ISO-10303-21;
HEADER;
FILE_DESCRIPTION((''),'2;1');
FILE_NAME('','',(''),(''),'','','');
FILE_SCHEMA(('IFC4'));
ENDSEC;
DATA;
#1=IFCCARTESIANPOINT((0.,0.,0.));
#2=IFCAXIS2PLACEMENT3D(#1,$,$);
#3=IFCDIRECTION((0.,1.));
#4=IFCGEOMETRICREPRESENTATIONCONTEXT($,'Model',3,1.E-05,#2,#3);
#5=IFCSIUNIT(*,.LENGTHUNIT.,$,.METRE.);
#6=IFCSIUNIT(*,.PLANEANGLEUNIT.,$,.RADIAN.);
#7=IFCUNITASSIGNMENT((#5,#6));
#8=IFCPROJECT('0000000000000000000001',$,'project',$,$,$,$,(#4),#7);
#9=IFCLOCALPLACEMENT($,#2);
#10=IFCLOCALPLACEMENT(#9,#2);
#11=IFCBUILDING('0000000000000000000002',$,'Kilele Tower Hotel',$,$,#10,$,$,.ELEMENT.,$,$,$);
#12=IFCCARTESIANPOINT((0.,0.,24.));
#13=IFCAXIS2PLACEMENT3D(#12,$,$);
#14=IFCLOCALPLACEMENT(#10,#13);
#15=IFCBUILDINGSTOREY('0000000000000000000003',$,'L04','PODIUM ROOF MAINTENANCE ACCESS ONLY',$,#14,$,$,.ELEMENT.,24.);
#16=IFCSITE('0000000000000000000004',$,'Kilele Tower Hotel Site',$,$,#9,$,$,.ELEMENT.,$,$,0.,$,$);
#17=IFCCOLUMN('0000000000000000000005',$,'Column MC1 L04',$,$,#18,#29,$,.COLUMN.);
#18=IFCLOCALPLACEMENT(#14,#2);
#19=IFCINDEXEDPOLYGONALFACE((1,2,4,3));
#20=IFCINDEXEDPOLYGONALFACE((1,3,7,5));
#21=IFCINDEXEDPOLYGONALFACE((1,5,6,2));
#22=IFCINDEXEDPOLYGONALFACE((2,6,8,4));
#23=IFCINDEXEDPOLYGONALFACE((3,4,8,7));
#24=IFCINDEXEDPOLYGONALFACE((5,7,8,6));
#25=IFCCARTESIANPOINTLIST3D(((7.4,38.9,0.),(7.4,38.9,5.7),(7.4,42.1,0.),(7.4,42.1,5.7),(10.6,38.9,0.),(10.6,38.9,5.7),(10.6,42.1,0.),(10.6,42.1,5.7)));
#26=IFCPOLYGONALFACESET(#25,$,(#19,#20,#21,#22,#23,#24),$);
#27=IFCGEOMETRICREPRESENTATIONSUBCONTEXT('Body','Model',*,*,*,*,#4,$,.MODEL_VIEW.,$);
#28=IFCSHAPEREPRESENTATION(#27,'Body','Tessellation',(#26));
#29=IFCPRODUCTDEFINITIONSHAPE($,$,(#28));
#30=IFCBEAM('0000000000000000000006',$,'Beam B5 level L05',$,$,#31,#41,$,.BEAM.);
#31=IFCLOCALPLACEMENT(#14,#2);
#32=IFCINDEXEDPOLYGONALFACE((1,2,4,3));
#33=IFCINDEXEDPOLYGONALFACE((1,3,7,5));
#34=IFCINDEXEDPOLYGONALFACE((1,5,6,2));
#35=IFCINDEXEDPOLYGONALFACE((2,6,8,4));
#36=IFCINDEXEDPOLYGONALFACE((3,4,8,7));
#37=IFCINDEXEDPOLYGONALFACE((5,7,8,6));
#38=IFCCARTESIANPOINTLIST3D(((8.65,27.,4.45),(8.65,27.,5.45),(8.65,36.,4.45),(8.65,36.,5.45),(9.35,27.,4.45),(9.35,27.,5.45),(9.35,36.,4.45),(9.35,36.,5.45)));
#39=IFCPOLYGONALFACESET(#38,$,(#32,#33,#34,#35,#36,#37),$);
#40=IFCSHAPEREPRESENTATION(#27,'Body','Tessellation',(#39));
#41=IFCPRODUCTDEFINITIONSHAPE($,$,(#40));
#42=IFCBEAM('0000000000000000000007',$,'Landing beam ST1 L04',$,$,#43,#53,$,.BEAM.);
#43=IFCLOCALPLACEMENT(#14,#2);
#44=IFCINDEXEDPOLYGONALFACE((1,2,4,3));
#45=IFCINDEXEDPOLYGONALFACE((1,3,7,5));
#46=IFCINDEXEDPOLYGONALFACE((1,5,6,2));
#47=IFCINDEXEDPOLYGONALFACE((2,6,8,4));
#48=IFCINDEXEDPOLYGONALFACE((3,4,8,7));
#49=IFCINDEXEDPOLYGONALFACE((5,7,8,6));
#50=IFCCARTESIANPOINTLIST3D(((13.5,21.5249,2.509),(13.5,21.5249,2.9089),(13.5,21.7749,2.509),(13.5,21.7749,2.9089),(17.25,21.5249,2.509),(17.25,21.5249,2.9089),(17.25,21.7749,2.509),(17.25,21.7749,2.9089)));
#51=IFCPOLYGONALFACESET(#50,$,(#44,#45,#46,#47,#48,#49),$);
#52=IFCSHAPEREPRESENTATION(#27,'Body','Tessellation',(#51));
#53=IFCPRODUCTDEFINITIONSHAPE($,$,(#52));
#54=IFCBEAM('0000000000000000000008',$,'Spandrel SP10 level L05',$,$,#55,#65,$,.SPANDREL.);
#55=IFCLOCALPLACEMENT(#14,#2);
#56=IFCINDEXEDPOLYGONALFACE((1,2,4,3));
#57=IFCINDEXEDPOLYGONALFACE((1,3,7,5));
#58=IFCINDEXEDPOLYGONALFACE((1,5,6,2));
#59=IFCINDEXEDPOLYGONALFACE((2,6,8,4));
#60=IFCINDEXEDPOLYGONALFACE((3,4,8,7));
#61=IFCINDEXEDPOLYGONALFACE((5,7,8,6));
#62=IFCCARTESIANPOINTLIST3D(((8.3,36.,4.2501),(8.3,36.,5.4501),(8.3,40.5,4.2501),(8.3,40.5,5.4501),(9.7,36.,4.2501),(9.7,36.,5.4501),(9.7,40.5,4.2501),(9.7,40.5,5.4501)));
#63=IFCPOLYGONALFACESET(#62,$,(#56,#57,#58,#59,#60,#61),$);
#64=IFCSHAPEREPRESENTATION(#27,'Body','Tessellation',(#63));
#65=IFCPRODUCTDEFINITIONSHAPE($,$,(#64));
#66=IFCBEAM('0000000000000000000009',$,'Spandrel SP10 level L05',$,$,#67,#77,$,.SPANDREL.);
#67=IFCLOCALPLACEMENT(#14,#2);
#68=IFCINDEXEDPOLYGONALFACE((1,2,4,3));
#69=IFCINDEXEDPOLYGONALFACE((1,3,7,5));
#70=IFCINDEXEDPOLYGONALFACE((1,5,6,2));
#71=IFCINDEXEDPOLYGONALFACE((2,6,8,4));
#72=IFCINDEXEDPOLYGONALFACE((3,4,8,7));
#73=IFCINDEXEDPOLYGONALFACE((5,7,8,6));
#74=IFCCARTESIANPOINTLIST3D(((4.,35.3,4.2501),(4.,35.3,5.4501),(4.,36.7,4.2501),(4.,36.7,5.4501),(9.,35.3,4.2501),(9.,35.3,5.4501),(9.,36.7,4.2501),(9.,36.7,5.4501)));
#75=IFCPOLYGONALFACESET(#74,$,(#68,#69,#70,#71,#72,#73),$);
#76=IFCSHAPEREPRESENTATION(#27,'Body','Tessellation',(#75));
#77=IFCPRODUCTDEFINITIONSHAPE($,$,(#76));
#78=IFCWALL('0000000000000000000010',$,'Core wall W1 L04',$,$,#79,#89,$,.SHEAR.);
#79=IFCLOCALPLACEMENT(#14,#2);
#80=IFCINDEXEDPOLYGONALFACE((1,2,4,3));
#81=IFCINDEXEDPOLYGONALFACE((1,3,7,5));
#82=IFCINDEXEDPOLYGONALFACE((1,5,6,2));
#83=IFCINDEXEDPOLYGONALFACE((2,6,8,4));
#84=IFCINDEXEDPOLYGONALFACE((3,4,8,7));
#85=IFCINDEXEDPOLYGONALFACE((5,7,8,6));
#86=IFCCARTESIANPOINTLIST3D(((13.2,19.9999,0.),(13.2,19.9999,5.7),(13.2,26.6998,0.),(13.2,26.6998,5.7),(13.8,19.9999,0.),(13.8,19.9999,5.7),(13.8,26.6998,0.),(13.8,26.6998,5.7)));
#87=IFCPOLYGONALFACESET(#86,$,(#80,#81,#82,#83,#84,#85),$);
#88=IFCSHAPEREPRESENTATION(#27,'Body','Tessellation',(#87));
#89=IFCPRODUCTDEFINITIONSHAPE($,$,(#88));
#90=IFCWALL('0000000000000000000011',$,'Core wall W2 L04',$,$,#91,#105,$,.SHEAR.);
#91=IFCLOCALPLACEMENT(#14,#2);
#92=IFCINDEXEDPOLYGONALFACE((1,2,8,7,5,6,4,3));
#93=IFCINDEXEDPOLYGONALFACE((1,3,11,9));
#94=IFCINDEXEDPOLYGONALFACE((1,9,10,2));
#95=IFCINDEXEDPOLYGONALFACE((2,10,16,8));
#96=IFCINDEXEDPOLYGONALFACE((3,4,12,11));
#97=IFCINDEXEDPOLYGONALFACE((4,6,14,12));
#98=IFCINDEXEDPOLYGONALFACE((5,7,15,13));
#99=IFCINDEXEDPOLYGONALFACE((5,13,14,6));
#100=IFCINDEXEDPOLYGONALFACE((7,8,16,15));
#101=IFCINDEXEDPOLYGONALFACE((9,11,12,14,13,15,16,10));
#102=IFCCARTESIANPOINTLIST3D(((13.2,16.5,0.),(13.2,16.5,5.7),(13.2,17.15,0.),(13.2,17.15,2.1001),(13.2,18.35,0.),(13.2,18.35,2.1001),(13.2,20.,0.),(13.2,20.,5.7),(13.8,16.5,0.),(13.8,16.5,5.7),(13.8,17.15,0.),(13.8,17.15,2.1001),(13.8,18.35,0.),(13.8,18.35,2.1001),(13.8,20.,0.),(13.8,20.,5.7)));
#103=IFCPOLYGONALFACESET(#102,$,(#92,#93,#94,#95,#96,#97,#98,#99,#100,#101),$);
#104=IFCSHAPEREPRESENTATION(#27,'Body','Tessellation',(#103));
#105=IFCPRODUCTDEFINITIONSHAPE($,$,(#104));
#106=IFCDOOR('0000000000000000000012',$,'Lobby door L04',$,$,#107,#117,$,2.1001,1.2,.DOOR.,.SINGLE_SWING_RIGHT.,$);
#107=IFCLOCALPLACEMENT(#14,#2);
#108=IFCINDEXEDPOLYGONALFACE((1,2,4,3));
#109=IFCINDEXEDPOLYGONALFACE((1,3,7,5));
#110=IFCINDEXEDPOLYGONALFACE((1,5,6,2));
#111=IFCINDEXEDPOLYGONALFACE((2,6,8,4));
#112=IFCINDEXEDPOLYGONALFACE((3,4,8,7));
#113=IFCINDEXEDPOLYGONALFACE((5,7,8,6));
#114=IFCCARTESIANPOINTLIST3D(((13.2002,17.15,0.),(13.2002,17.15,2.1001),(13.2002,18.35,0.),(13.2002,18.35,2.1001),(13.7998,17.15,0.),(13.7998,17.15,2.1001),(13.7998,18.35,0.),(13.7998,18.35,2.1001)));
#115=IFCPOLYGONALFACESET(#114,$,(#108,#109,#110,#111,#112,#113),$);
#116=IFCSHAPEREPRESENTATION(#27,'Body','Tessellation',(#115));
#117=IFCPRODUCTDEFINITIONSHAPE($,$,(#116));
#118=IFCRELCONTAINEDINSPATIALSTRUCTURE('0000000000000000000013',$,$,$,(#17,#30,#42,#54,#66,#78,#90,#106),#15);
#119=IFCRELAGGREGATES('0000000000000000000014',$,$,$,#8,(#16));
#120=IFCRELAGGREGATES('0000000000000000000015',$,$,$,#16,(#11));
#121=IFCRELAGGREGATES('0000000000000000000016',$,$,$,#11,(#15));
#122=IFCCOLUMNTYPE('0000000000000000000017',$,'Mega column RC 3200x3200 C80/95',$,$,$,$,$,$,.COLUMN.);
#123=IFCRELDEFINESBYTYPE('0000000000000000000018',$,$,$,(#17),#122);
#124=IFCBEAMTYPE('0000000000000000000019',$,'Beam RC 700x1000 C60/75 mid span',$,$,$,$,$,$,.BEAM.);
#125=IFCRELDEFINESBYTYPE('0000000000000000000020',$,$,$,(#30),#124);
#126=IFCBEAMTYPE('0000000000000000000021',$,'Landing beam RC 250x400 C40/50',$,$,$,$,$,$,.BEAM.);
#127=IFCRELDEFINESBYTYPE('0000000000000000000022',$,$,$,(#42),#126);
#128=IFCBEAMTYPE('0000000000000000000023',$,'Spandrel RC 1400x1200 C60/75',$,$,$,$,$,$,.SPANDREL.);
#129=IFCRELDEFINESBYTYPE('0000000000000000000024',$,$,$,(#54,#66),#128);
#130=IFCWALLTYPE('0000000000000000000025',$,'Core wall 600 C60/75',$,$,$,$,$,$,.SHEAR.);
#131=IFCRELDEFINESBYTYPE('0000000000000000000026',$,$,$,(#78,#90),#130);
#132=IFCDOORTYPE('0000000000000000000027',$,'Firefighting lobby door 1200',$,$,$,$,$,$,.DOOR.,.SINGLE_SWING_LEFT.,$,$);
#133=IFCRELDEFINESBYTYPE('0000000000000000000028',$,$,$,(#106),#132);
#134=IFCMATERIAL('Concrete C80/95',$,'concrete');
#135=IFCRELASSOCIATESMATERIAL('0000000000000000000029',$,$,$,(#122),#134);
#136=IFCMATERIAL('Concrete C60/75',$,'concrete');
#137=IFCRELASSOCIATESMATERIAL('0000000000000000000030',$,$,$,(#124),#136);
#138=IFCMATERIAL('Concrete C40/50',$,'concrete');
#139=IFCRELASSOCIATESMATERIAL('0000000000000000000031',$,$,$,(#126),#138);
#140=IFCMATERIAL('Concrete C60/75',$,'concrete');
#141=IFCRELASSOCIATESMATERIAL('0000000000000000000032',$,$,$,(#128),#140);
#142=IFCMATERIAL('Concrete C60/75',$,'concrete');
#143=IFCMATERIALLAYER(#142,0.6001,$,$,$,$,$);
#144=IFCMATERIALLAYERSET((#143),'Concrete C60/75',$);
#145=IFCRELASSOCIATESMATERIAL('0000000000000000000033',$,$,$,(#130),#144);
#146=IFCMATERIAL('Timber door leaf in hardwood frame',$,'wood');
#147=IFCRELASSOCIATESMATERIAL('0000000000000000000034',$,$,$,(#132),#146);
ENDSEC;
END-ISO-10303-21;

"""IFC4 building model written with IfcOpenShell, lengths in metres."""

from ifc_helpers import new_model, si_unit, direction, frame, frame_2d, origin, origin_2d, place, context, subcontext, project, spatial, rectangle, extrude, material, layer, layer_set, material_profile, profile_set, type_object, element, fill, save


model = new_model("IFC4")

# Units and contexts
model_context = context("Model", 3, precision=1e-05, world=origin(), true_north=direction((0.0, 1.0)))
body_context = subcontext(model_context, "Body", "Model", "MODEL_VIEW")
ifc_project = project(units=[si_unit("LENGTHUNIT", "METRE"), si_unit("PLANEANGLEUNIT", "RADIAN")], contexts=[model_context])

# Site, building, storey
site_placement = place(None, origin())
site = spatial("IfcSite", under=ifc_project, at=site_placement, Name="Kilele Tower Hotel Site", CompositionType="ELEMENT", RefElevation=0.0)
building_placement = place(site_placement, origin())
building = spatial("IfcBuilding", under=site, at=building_placement, Name="Kilele Tower Hotel", CompositionType="ELEMENT")
storey_placement = place(building_placement, frame((0.0, 0.0, 24.0)))
storey = spatial("IfcBuildingStorey", under=building, at=storey_placement, Name="L04", Description="PODIUM ROOF MAINTENANCE ACCESS ONLY", CompositionType="ELEMENT", Elevation=24.0)

# Column
ifc_material_1 = material(Name="Concrete C80/95", Category="concrete")
ifc_material_profile_1 = material_profile(ifc_material_1, rectangle(XDim=3.2, YDim=3.2, at=origin_2d()))
ifc_profile_set_1 = profile_set([ifc_material_profile_1], Name="Concrete C80/95")
column_type = type_object("IfcColumnType", Name="Mega column RC 3200x3200 C80/95", PredefinedType="COLUMN", material=ifc_profile_set_1)
column_placement = place(storey_placement, frame((9.0, 40.5, 0.0), z_axis=(0.0, 0.0, 1.0), x_axis=(1.0, 0.0, 0.0)))
element("IfcColumn", 1, at=column_placement, inside=storey, type_object=column_type, Name="Column MC1 L04", PredefinedType="COLUMN", context=body_context, shape_type="SweptSolid", body=[
    extrude(rectangle(XDim=3.2, YDim=3.2, at=origin_2d()), origin(), (0.0, 0.0, 1.0), 5.7),
])

# Beams
ifc_material_2 = material(Name="Concrete C60/75", Category="concrete")
ifc_material_profile_2 = material_profile(ifc_material_2, rectangle(XDim=0.7, YDim=1.0, at=origin_2d()))
ifc_profile_set_2 = profile_set([ifc_material_profile_2], Name="Concrete C60/75")
beam_type_1 = type_object("IfcBeamType", Name="Beam RC 700x1000 C60/75 mid span", PredefinedType="BEAM", material=ifc_profile_set_2)
beam_1_placement = place(storey_placement, frame((9.0, 36.0, 4.95), z_axis=(0.0, -1.0, 0.0), x_axis=(1.0, 0.0, 0.0)))
element("IfcBeam", 2, at=beam_1_placement, inside=storey, type_object=beam_type_1, Name="Beam B5 level L05", PredefinedType="BEAM", context=body_context, shape_type="SweptSolid", body=[
    extrude(rectangle(XDim=0.7, YDim=1.0, at=origin_2d()), origin(), (0.0, 0.0, 1.0), 9.0),
])
ifc_material_3 = material(Name="Concrete C40/50", Category="concrete")
ifc_material_profile_3 = material_profile(ifc_material_3, rectangle(XDim=0.25, YDim=0.3999, at=origin_2d()))
ifc_profile_set_3 = profile_set([ifc_material_profile_3], Name="Concrete C40/50")
beam_type_2 = type_object("IfcBeamType", Name="Landing beam RC 250x400 C40/50", PredefinedType="BEAM", material=ifc_profile_set_3)
beam_2_placement = place(storey_placement, frame((13.5, 21.6499, 2.709), z_axis=(1.0, 0.0, 0.0), x_axis=(0.0, 1.0, 0.0)))
element("IfcBeam", 3, at=beam_2_placement, inside=storey, type_object=beam_type_2, Name="Landing beam ST1 L04", PredefinedType="BEAM", context=body_context, shape_type="SweptSolid", body=[
    extrude(rectangle(XDim=0.25, YDim=0.3999, at=origin_2d()), origin(), (0.0, 0.0, 1.0), 3.75),
])
ifc_material_4 = material(Name="Concrete C60/75", Category="concrete")
ifc_material_profile_4 = material_profile(ifc_material_4, rectangle(XDim=1.3999, YDim=1.2, at=origin_2d()))
ifc_profile_set_4 = profile_set([ifc_material_profile_4], Name="Concrete C60/75")
beam_type_3 = type_object("IfcBeamType", Name="Spandrel RC 1400x1200 C60/75", PredefinedType="SPANDREL", material=ifc_profile_set_4)
beam_3_placement = place(storey_placement, frame((9.0, 40.5, 4.8501), z_axis=(0.0, -1.0, 0.0), x_axis=(1.0, 0.0, 0.0)))
element("IfcBeam", 4, at=beam_3_placement, inside=storey, type_object=beam_type_3, Name="Spandrel SP10 level L05", PredefinedType="SPANDREL", context=body_context, shape_type="SweptSolid", body=[
    extrude(rectangle(XDim=1.3999, YDim=1.2, at=origin_2d()), origin(), (0.0, 0.0, 1.0), 4.5),
])
beam_4_placement = place(storey_placement, frame((9.0, 36.0, 4.8501), z_axis=(-1.0, 0.0, 0.0), x_axis=(0.0, -1.0, 0.0)))
element("IfcBeam", 5, at=beam_4_placement, inside=storey, type_object=beam_type_3, Name="Spandrel SP10 level L05", PredefinedType="SPANDREL", context=body_context, shape_type="SweptSolid", body=[
    extrude(rectangle(XDim=1.3999, YDim=1.2, at=origin_2d()), origin(), (0.0, 0.0, 1.0), 5.0),
])

# Wall
ifc_material_5 = material(Name="Concrete C60/75", Category="concrete")
ifc_layer_1 = layer(ifc_material_5, 0.6001)
ifc_layer_set_1 = layer_set([ifc_layer_1], Name="Concrete C60/75")
wall_type_1 = type_object("IfcWallType", Name="Core wall 600 C60/75", PredefinedType="SHEAR", material=ifc_layer_set_1)
wall_1_placement = place(storey_placement, frame((13.5, 26.7, 0.0), z_axis=(0.0, 0.0, 1.0), x_axis=(0.0, -1.0, 0.0)))
element("IfcWall", 6, at=wall_1_placement, inside=storey, type_object=wall_type_1, Name="Core wall W1 L04", PredefinedType="SHEAR", context=body_context, shape_type="SweptSolid", body=[
    extrude(rectangle(XDim=6.7, YDim=0.6001, at=frame_2d((3.3501, 0.0))), origin(), (0.0, 0.0, 1.0), 5.7),
])

# Wall, opening, door
wall_2_placement = place(storey_placement, frame((13.5, 20.0, 0.0), z_axis=(0.0, 0.0, 1.0), x_axis=(0.0, -1.0, 0.0)))
wall_2 = element("IfcWall", 7, at=wall_2_placement, inside=storey, type_object=wall_type_1, Name="Core wall W2 L04", PredefinedType="SHEAR", context=body_context, shape_type="SweptSolid", body=[
    extrude(rectangle(XDim=3.5, YDim=0.6001, at=frame_2d((1.75, 0.0))), origin(), (0.0, 0.0, 1.0), 5.7),
])
opening_1_placement = place(wall_2_placement, frame((1.6499, 0.0, 0.0)))
opening_1 = element("IfcOpeningElement", 8, at=opening_1_placement, cuts=wall_2, PredefinedType="OPENING", context=body_context, shape_type="SweptSolid", body=[
    extrude(rectangle(XDim=1.2, YDim=2.1001, at=frame_2d((0.6001, 1.05))), frame((0.0, 0.3101, 0.0), z_axis=(0.0, -1.0, 0.0), x_axis=(1.0, 0.0, 0.0)), (0.0, 0.0, 1.0), 0.6201),
])
ifc_material_6 = material(Name="Timber door leaf in hardwood frame", Category="wood")
door_type_1 = type_object("IfcDoorType", Name="Firefighting lobby door 1200", OperationType="SINGLE_SWING_LEFT", PredefinedType="DOOR", material=ifc_material_6)
door_1_placement = place(opening_1_placement, origin())
door_1 = element("IfcDoor", 9, at=door_1_placement, inside=storey, type_object=door_type_1, Name="Lobby door L04", OperationType="SINGLE_SWING_RIGHT", OverallHeight=2.1001, OverallWidth=1.2, PredefinedType="DOOR", context=body_context, shape_type="SweptSolid", body=[
    extrude(rectangle(XDim=1.2, YDim=2.1001, at=frame_2d((0.6001, 1.05))), frame((0.0, 0.2998, 0.0), z_axis=(0.0, -1.0, 0.0), x_axis=(1.0, 0.0, 0.0)), (0.0, 0.0, 1.0), 0.5996),
])
fill(opening_1, door_1)

save(model, "model.ifc")
